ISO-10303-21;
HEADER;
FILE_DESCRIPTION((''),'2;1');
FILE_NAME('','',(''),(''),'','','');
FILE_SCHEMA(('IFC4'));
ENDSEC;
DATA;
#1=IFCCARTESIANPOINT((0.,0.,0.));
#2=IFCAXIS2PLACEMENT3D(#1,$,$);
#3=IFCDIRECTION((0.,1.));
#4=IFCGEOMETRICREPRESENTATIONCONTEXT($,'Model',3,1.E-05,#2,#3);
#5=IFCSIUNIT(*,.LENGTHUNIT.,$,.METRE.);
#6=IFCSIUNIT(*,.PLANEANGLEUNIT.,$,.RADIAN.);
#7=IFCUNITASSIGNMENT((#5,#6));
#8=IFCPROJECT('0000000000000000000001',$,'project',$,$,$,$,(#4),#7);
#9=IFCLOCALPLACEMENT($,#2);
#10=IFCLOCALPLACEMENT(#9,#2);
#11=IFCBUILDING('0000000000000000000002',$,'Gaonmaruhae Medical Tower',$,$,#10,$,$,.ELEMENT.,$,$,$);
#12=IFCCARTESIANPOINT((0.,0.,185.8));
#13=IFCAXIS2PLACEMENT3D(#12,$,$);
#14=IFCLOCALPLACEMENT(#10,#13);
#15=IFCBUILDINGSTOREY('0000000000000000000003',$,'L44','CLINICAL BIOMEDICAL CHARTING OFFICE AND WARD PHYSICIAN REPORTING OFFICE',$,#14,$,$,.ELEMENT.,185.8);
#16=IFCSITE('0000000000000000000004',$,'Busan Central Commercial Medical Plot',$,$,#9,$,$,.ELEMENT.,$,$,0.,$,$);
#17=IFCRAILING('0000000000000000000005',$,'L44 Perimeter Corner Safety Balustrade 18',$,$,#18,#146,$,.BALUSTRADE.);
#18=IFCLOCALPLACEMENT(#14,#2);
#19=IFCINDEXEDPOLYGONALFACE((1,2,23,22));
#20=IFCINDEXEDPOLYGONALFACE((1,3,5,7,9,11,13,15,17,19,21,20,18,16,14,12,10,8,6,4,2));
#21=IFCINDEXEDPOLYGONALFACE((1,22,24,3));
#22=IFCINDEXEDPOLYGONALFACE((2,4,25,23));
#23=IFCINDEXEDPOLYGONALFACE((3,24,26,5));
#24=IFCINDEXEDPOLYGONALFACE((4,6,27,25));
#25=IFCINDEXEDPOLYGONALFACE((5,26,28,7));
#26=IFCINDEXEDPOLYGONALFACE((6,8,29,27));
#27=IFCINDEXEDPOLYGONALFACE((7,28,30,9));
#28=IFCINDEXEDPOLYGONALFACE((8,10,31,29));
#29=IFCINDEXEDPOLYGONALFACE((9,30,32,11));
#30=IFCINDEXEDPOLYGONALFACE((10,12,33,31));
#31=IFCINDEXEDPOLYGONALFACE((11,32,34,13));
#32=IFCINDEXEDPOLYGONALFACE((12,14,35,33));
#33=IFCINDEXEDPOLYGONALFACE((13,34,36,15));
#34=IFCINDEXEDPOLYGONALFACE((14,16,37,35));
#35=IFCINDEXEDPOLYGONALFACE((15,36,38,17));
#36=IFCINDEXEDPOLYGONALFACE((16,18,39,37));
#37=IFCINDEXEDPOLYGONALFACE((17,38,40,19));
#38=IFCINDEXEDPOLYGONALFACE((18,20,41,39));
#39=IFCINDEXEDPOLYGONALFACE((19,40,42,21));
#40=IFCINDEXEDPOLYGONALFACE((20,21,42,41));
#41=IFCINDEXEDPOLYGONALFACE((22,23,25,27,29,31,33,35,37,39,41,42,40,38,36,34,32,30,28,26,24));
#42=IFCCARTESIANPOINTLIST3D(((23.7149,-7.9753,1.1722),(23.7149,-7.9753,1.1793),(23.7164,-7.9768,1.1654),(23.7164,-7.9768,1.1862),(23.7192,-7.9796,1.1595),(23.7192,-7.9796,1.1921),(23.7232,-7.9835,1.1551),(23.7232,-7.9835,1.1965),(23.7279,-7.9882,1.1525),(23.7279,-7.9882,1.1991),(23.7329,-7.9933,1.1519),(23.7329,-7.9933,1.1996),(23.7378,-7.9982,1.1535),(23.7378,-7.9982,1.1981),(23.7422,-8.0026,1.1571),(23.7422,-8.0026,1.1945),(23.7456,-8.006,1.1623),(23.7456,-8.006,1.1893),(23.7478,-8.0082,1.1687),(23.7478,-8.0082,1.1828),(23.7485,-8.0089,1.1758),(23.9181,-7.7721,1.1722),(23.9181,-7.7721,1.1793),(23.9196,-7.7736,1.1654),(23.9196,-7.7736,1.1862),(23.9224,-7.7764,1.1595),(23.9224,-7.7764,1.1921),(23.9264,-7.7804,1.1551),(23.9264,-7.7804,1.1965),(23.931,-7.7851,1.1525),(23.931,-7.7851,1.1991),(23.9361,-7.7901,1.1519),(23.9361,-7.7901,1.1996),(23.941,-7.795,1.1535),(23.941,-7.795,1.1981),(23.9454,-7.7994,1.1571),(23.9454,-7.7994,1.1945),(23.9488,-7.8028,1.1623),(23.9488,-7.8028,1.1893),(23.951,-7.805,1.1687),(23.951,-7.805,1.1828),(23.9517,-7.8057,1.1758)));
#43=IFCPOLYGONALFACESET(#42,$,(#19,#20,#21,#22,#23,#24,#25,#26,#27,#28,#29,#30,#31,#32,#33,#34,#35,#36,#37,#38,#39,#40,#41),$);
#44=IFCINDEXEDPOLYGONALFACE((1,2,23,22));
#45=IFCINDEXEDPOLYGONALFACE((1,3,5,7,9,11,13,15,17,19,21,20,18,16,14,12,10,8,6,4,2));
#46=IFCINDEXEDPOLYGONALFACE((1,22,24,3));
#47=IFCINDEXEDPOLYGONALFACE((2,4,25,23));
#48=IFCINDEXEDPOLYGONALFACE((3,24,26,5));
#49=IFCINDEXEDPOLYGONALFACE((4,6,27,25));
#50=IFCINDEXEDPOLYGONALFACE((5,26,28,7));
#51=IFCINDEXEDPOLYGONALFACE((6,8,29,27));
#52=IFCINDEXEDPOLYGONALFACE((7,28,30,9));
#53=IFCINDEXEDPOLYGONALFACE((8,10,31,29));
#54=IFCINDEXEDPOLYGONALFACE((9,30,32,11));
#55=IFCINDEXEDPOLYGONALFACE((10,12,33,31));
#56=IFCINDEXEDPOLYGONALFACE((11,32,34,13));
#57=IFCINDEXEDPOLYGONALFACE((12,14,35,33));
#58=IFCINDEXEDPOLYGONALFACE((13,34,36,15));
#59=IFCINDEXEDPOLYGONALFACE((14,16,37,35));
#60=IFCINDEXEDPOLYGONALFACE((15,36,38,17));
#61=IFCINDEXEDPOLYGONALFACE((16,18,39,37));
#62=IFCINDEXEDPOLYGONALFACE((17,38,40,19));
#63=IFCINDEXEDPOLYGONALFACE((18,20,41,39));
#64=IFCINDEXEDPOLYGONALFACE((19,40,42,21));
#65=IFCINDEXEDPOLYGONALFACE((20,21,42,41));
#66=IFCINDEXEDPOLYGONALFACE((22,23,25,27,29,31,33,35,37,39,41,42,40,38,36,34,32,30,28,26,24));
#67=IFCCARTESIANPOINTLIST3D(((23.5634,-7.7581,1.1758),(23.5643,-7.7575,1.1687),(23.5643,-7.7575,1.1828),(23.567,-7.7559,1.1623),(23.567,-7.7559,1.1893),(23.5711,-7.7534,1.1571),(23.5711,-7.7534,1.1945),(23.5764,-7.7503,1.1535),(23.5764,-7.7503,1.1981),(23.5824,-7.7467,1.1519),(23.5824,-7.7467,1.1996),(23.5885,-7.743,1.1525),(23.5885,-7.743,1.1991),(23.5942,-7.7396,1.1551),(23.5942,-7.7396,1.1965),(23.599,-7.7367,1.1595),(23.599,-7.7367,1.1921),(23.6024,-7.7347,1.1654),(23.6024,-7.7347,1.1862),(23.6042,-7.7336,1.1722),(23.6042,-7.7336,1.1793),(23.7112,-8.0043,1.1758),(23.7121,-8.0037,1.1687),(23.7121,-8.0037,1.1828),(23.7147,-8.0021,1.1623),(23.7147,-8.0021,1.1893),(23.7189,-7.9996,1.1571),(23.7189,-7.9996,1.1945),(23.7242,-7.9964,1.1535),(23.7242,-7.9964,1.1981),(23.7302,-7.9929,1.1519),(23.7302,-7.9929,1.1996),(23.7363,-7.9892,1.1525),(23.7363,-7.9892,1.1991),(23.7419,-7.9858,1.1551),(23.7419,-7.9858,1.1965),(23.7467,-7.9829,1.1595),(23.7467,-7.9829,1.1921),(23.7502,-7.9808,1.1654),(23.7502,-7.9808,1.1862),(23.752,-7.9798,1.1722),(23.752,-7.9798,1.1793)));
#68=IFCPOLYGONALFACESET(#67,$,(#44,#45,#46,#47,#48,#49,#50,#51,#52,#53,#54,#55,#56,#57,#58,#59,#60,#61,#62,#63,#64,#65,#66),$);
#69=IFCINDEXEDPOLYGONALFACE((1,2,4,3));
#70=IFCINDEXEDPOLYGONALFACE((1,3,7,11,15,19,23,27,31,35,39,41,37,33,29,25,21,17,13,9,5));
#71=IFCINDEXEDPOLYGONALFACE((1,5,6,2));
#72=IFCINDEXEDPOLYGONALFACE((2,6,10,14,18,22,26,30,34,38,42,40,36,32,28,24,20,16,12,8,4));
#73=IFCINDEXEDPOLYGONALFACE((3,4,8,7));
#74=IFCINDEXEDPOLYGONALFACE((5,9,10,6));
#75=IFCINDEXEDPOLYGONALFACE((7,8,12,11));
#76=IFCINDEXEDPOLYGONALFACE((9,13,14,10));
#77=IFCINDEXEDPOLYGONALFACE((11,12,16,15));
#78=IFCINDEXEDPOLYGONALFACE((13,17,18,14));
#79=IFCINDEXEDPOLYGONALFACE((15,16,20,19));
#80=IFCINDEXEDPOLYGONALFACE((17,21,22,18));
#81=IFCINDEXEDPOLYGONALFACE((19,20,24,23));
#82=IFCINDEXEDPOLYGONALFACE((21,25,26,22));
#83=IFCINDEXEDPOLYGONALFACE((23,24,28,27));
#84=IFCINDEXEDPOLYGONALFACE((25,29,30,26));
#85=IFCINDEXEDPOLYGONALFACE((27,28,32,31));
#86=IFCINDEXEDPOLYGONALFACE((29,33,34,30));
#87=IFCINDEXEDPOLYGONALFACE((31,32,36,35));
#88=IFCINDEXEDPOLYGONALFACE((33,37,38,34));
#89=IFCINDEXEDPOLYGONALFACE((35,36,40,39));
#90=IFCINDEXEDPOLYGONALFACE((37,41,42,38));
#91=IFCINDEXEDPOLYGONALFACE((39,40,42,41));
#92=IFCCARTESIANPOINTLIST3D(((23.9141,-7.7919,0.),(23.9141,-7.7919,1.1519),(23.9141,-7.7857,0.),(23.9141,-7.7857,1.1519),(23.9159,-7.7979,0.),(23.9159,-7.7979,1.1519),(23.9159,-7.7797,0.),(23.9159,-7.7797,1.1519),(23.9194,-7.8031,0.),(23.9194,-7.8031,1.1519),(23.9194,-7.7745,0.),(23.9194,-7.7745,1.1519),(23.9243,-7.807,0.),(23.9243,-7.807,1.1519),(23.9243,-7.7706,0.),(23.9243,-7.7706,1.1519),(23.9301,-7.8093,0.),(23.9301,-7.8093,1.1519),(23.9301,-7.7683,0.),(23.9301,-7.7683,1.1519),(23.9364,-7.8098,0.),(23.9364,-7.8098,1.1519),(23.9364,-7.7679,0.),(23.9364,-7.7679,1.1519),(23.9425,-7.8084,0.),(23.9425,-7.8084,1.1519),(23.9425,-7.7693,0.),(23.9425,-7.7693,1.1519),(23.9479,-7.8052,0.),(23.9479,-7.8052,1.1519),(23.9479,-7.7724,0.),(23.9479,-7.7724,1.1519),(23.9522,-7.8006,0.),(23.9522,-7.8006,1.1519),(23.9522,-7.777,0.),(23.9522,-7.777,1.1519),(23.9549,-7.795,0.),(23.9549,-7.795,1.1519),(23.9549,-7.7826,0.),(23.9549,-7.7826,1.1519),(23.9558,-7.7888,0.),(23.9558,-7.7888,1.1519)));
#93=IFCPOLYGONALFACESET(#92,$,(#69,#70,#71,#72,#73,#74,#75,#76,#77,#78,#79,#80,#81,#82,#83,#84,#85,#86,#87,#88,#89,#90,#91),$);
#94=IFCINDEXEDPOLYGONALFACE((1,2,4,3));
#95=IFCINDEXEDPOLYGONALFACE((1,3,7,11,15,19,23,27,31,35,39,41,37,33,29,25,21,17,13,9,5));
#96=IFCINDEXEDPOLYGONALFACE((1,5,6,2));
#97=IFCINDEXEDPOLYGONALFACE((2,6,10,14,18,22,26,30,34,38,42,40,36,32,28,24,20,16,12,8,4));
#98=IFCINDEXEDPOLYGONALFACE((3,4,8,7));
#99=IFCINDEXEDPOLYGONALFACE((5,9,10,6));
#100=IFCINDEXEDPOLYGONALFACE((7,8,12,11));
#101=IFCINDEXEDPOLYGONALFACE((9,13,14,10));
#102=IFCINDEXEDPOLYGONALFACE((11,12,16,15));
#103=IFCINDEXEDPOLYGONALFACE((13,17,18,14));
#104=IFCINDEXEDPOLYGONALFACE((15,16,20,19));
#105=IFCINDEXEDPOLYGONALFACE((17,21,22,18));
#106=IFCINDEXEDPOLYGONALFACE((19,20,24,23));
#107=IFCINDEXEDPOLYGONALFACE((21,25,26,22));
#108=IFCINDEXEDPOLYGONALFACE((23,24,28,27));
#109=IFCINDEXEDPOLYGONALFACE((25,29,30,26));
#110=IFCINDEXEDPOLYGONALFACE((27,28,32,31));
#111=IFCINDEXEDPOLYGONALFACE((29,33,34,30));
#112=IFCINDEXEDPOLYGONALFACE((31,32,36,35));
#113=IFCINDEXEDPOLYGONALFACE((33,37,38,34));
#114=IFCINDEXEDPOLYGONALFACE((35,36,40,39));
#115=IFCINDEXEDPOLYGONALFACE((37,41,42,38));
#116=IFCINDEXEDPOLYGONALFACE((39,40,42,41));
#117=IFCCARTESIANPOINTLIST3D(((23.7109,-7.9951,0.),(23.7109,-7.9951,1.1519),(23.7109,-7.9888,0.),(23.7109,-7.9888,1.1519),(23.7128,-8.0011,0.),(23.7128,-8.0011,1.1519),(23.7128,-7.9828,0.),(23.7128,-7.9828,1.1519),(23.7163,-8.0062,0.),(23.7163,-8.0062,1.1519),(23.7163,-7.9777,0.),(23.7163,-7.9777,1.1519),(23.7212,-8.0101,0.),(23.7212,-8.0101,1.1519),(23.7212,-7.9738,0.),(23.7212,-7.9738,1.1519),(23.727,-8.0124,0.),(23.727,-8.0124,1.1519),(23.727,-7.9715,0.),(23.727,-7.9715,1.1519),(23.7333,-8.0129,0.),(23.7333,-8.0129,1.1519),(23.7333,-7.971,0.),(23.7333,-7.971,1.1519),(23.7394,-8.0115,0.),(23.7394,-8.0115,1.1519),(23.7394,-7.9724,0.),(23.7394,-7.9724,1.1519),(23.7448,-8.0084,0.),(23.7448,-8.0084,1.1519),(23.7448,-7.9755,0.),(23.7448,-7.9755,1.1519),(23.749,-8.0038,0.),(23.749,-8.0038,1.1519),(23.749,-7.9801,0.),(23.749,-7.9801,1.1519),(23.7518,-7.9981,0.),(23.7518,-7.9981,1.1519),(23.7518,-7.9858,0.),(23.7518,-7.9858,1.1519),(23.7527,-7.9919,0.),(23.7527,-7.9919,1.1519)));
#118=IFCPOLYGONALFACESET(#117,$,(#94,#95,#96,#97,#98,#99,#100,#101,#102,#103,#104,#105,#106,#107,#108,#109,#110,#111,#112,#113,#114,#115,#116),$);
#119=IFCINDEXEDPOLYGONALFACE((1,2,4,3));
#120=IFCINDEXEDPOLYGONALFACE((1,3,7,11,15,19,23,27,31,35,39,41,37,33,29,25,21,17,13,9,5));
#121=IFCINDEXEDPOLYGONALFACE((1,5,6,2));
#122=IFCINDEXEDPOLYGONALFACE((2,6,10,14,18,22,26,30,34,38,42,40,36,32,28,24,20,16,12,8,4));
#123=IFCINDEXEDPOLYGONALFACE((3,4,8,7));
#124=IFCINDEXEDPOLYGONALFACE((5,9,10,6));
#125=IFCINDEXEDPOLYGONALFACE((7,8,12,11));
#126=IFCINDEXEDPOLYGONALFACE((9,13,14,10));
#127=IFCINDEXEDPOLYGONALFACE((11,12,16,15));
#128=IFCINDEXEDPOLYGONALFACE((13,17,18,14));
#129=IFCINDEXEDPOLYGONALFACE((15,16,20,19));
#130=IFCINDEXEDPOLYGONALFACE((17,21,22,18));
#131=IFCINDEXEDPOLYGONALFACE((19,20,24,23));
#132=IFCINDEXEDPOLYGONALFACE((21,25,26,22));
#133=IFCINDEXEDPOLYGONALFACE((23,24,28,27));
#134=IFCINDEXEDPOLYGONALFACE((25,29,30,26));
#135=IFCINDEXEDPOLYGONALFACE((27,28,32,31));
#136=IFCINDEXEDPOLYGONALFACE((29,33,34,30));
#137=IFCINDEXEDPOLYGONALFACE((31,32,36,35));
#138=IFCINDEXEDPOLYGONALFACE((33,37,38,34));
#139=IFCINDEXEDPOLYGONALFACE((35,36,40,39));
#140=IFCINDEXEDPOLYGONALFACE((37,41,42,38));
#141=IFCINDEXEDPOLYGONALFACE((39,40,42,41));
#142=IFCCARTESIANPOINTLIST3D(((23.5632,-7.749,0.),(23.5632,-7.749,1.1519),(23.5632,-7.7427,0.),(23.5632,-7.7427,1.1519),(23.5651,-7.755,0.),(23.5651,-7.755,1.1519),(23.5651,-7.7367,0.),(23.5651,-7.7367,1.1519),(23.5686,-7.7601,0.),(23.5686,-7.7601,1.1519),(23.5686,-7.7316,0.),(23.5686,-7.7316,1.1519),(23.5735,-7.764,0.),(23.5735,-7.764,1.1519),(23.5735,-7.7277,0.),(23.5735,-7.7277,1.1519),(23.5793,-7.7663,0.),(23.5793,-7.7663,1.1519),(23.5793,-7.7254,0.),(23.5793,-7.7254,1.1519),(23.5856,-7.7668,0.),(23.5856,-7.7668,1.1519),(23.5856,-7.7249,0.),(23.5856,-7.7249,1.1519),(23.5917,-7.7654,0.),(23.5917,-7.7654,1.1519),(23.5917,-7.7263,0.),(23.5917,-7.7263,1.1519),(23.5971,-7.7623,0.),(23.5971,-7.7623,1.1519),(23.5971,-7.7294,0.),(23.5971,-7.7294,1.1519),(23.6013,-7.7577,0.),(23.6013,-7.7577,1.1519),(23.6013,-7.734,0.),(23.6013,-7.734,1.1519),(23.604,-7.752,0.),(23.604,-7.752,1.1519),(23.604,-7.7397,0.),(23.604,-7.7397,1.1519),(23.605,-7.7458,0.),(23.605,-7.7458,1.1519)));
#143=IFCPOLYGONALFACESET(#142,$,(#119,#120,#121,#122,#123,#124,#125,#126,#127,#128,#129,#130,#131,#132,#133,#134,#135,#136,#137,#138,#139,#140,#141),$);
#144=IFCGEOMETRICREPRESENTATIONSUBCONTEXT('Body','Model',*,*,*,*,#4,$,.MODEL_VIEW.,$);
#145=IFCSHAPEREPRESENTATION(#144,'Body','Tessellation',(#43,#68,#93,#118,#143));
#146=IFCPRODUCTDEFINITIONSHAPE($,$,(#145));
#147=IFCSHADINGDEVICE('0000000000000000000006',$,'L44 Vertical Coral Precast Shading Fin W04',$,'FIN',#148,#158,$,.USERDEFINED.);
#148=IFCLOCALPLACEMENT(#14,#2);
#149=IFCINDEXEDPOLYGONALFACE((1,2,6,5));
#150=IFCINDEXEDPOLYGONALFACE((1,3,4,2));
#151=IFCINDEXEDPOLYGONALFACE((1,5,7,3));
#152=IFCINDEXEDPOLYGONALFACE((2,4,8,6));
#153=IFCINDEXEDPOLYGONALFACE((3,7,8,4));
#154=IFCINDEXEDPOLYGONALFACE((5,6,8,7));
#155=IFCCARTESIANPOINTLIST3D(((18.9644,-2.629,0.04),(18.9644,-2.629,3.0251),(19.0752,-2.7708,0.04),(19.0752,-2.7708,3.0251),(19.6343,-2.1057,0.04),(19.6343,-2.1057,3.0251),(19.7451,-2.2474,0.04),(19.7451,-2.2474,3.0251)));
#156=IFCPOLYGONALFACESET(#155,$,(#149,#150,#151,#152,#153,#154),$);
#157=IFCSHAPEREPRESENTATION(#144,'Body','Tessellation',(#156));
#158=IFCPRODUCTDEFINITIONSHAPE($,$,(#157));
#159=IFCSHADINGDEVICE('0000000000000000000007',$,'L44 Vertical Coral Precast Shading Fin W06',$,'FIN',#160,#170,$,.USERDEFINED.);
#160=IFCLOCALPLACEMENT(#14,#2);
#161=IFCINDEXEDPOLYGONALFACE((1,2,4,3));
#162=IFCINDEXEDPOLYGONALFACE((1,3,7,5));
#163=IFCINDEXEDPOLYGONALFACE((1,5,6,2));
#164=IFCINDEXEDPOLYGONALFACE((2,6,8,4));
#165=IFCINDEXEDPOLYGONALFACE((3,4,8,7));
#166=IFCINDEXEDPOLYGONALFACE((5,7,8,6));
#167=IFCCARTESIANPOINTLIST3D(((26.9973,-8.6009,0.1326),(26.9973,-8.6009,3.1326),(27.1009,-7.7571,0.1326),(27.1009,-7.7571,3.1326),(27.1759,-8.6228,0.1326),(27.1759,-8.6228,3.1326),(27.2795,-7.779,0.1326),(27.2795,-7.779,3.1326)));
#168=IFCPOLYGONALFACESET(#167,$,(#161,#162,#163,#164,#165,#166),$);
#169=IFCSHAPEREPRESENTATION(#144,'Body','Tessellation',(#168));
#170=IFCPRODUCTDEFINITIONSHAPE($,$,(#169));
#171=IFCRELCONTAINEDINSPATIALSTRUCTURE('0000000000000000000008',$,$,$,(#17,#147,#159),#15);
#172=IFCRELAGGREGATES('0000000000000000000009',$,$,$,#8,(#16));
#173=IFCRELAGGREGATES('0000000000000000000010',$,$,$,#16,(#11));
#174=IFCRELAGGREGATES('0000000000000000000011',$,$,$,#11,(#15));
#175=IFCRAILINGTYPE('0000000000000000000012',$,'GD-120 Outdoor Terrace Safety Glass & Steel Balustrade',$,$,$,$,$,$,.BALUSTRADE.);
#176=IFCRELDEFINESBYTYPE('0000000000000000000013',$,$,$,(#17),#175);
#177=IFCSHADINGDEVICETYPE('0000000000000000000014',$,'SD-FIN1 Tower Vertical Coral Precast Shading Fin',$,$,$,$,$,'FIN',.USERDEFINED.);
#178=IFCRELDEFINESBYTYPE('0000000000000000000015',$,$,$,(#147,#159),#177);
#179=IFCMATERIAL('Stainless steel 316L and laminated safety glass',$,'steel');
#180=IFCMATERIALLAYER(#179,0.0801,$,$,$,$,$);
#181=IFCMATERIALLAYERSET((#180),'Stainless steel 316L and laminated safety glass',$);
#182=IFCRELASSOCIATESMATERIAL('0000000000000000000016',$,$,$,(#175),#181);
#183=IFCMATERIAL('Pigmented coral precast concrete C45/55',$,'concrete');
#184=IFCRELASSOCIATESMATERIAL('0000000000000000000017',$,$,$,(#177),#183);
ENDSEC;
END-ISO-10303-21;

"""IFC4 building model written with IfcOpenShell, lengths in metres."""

from ifc_helpers import new_model, si_unit, direction, frame, origin, origin_2d, place, context, subcontext, project, spatial, rectangle, circle, extrude, material, layer, layer_set, type_object, element, save


model = new_model("IFC4")

# Units and contexts
model_context = context("Model", 3, precision=1e-05, world=origin(), true_north=direction((0.0, 1.0)))
body_context = subcontext(model_context, "Body", "Model", "MODEL_VIEW")
ifc_project = project(units=[si_unit("LENGTHUNIT", "METRE"), si_unit("PLANEANGLEUNIT", "RADIAN")], contexts=[model_context])

# Site, building, storey
site_placement = place(None, origin())
site = spatial("IfcSite", under=ifc_project, at=site_placement, Name="Busan Central Commercial Medical Plot", CompositionType="ELEMENT", RefElevation=0.0)
building_placement = place(site_placement, origin())
building = spatial("IfcBuilding", under=site, at=building_placement, Name="Gaonmaruhae Medical Tower", CompositionType="ELEMENT")
storey_placement = place(building_placement, frame((0.0, 0.0, 185.8)))
storey = spatial("IfcBuildingStorey", under=building, at=storey_placement, Name="L44", Description="CLINICAL BIOMEDICAL CHARTING OFFICE AND WARD PHYSICIAN REPORTING OFFICE", CompositionType="ELEMENT", Elevation=185.8)

# Railing
ifc_material_1 = material(Name="Stainless steel 316L and laminated safety glass", Category="steel")
ifc_layer_1 = layer(ifc_material_1, 0.0801)
ifc_layer_set_1 = layer_set([ifc_layer_1], Name="Stainless steel 316L and laminated safety glass")
railing_type = type_object("IfcRailingType", Name="GD-120 Outdoor Terrace Safety Glass & Steel Balustrade", PredefinedType="BALUSTRADE", material=ifc_layer_set_1)
railing_1_placement = place(storey_placement, frame((23.9348, -7.7888, 0.0)))
element("IfcRailing", 1, at=railing_1_placement, inside=storey, type_object=railing_type, Name="L44 Perimeter Corner Safety Balustrade 18", PredefinedType="BALUSTRADE", context=body_context, shape_type="SweptSolid", body=[
    extrude(circle(Radius=0.0239, at=origin_2d()), frame((0.0, 0.0, 1.1758), z_axis=(-0.707107, -0.707107, 0.0), x_axis=(0.707107, -0.707107, 0.0)), (0.0, 0.0, 1.0), 0.2874),
    extrude(circle(Radius=0.0239, at=origin_2d()), frame((-0.2031, -0.2031, 1.1758), z_axis=(-0.514621, 0.857418, 0.0), x_axis=(-0.857418, -0.514621, 0.0)), (0.0, 0.0, 1.0), 0.2871),
    extrude(circle(Radius=0.021, at=origin_2d()), origin(), (0.0, 0.0, 1.0), 1.1519),
    extrude(circle(Radius=0.021, at=origin_2d()), frame((-0.2031, -0.2031, 0.0)), (0.0, 0.0, 1.0), 1.1519),
    extrude(circle(Radius=0.021, at=origin_2d()), frame((-0.3508, 0.043, 0.0)), (0.0, 0.0, 1.0), 1.1519),
])

# Shading devices
ifc_material_2 = material(Name="Pigmented coral precast concrete C45/55", Category="concrete")
shading_device_type = type_object("IfcShadingDeviceType", Name="SD-FIN1 Tower Vertical Coral Precast Shading Fin", ElementType="FIN", PredefinedType="USERDEFINED", material=ifc_material_2)
shading_device_1_placement = place(storey_placement, frame((19.3547, -2.4382, 0.04), z_axis=(0.0, 0.0, 1.0), x_axis=(-0.615661, 0.788011, 0.0)))
element("IfcShadingDevice", 2, at=shading_device_1_placement, inside=storey, type_object=shading_device_type, Name="L44 Vertical Coral Precast Shading Fin W04", ObjectType="FIN", PredefinedType="USERDEFINED", context=body_context, shape_type="SweptSolid", body=[
    extrude(rectangle(XDim=0.1799, YDim=0.8501, at=origin_2d()), origin(), (0.0, 0.0, 1.0), 2.9851),
])
shading_device_2_placement = place(storey_placement, frame((27.1384, -8.1899, 0.1326), z_axis=(0.0, 0.0, 1.0), x_axis=(-0.992544, 0.121887, 0.0)))
element("IfcShadingDevice", 3, at=shading_device_2_placement, inside=storey, type_object=shading_device_type, Name="L44 Vertical Coral Precast Shading Fin W06", ObjectType="FIN", PredefinedType="USERDEFINED", context=body_context, shape_type="SweptSolid", body=[
    extrude(rectangle(XDim=0.1799, YDim=0.8501, at=origin_2d()), origin(), (0.0, 0.0, 1.0), 3.0),
])

save(model, "model.ifc")
